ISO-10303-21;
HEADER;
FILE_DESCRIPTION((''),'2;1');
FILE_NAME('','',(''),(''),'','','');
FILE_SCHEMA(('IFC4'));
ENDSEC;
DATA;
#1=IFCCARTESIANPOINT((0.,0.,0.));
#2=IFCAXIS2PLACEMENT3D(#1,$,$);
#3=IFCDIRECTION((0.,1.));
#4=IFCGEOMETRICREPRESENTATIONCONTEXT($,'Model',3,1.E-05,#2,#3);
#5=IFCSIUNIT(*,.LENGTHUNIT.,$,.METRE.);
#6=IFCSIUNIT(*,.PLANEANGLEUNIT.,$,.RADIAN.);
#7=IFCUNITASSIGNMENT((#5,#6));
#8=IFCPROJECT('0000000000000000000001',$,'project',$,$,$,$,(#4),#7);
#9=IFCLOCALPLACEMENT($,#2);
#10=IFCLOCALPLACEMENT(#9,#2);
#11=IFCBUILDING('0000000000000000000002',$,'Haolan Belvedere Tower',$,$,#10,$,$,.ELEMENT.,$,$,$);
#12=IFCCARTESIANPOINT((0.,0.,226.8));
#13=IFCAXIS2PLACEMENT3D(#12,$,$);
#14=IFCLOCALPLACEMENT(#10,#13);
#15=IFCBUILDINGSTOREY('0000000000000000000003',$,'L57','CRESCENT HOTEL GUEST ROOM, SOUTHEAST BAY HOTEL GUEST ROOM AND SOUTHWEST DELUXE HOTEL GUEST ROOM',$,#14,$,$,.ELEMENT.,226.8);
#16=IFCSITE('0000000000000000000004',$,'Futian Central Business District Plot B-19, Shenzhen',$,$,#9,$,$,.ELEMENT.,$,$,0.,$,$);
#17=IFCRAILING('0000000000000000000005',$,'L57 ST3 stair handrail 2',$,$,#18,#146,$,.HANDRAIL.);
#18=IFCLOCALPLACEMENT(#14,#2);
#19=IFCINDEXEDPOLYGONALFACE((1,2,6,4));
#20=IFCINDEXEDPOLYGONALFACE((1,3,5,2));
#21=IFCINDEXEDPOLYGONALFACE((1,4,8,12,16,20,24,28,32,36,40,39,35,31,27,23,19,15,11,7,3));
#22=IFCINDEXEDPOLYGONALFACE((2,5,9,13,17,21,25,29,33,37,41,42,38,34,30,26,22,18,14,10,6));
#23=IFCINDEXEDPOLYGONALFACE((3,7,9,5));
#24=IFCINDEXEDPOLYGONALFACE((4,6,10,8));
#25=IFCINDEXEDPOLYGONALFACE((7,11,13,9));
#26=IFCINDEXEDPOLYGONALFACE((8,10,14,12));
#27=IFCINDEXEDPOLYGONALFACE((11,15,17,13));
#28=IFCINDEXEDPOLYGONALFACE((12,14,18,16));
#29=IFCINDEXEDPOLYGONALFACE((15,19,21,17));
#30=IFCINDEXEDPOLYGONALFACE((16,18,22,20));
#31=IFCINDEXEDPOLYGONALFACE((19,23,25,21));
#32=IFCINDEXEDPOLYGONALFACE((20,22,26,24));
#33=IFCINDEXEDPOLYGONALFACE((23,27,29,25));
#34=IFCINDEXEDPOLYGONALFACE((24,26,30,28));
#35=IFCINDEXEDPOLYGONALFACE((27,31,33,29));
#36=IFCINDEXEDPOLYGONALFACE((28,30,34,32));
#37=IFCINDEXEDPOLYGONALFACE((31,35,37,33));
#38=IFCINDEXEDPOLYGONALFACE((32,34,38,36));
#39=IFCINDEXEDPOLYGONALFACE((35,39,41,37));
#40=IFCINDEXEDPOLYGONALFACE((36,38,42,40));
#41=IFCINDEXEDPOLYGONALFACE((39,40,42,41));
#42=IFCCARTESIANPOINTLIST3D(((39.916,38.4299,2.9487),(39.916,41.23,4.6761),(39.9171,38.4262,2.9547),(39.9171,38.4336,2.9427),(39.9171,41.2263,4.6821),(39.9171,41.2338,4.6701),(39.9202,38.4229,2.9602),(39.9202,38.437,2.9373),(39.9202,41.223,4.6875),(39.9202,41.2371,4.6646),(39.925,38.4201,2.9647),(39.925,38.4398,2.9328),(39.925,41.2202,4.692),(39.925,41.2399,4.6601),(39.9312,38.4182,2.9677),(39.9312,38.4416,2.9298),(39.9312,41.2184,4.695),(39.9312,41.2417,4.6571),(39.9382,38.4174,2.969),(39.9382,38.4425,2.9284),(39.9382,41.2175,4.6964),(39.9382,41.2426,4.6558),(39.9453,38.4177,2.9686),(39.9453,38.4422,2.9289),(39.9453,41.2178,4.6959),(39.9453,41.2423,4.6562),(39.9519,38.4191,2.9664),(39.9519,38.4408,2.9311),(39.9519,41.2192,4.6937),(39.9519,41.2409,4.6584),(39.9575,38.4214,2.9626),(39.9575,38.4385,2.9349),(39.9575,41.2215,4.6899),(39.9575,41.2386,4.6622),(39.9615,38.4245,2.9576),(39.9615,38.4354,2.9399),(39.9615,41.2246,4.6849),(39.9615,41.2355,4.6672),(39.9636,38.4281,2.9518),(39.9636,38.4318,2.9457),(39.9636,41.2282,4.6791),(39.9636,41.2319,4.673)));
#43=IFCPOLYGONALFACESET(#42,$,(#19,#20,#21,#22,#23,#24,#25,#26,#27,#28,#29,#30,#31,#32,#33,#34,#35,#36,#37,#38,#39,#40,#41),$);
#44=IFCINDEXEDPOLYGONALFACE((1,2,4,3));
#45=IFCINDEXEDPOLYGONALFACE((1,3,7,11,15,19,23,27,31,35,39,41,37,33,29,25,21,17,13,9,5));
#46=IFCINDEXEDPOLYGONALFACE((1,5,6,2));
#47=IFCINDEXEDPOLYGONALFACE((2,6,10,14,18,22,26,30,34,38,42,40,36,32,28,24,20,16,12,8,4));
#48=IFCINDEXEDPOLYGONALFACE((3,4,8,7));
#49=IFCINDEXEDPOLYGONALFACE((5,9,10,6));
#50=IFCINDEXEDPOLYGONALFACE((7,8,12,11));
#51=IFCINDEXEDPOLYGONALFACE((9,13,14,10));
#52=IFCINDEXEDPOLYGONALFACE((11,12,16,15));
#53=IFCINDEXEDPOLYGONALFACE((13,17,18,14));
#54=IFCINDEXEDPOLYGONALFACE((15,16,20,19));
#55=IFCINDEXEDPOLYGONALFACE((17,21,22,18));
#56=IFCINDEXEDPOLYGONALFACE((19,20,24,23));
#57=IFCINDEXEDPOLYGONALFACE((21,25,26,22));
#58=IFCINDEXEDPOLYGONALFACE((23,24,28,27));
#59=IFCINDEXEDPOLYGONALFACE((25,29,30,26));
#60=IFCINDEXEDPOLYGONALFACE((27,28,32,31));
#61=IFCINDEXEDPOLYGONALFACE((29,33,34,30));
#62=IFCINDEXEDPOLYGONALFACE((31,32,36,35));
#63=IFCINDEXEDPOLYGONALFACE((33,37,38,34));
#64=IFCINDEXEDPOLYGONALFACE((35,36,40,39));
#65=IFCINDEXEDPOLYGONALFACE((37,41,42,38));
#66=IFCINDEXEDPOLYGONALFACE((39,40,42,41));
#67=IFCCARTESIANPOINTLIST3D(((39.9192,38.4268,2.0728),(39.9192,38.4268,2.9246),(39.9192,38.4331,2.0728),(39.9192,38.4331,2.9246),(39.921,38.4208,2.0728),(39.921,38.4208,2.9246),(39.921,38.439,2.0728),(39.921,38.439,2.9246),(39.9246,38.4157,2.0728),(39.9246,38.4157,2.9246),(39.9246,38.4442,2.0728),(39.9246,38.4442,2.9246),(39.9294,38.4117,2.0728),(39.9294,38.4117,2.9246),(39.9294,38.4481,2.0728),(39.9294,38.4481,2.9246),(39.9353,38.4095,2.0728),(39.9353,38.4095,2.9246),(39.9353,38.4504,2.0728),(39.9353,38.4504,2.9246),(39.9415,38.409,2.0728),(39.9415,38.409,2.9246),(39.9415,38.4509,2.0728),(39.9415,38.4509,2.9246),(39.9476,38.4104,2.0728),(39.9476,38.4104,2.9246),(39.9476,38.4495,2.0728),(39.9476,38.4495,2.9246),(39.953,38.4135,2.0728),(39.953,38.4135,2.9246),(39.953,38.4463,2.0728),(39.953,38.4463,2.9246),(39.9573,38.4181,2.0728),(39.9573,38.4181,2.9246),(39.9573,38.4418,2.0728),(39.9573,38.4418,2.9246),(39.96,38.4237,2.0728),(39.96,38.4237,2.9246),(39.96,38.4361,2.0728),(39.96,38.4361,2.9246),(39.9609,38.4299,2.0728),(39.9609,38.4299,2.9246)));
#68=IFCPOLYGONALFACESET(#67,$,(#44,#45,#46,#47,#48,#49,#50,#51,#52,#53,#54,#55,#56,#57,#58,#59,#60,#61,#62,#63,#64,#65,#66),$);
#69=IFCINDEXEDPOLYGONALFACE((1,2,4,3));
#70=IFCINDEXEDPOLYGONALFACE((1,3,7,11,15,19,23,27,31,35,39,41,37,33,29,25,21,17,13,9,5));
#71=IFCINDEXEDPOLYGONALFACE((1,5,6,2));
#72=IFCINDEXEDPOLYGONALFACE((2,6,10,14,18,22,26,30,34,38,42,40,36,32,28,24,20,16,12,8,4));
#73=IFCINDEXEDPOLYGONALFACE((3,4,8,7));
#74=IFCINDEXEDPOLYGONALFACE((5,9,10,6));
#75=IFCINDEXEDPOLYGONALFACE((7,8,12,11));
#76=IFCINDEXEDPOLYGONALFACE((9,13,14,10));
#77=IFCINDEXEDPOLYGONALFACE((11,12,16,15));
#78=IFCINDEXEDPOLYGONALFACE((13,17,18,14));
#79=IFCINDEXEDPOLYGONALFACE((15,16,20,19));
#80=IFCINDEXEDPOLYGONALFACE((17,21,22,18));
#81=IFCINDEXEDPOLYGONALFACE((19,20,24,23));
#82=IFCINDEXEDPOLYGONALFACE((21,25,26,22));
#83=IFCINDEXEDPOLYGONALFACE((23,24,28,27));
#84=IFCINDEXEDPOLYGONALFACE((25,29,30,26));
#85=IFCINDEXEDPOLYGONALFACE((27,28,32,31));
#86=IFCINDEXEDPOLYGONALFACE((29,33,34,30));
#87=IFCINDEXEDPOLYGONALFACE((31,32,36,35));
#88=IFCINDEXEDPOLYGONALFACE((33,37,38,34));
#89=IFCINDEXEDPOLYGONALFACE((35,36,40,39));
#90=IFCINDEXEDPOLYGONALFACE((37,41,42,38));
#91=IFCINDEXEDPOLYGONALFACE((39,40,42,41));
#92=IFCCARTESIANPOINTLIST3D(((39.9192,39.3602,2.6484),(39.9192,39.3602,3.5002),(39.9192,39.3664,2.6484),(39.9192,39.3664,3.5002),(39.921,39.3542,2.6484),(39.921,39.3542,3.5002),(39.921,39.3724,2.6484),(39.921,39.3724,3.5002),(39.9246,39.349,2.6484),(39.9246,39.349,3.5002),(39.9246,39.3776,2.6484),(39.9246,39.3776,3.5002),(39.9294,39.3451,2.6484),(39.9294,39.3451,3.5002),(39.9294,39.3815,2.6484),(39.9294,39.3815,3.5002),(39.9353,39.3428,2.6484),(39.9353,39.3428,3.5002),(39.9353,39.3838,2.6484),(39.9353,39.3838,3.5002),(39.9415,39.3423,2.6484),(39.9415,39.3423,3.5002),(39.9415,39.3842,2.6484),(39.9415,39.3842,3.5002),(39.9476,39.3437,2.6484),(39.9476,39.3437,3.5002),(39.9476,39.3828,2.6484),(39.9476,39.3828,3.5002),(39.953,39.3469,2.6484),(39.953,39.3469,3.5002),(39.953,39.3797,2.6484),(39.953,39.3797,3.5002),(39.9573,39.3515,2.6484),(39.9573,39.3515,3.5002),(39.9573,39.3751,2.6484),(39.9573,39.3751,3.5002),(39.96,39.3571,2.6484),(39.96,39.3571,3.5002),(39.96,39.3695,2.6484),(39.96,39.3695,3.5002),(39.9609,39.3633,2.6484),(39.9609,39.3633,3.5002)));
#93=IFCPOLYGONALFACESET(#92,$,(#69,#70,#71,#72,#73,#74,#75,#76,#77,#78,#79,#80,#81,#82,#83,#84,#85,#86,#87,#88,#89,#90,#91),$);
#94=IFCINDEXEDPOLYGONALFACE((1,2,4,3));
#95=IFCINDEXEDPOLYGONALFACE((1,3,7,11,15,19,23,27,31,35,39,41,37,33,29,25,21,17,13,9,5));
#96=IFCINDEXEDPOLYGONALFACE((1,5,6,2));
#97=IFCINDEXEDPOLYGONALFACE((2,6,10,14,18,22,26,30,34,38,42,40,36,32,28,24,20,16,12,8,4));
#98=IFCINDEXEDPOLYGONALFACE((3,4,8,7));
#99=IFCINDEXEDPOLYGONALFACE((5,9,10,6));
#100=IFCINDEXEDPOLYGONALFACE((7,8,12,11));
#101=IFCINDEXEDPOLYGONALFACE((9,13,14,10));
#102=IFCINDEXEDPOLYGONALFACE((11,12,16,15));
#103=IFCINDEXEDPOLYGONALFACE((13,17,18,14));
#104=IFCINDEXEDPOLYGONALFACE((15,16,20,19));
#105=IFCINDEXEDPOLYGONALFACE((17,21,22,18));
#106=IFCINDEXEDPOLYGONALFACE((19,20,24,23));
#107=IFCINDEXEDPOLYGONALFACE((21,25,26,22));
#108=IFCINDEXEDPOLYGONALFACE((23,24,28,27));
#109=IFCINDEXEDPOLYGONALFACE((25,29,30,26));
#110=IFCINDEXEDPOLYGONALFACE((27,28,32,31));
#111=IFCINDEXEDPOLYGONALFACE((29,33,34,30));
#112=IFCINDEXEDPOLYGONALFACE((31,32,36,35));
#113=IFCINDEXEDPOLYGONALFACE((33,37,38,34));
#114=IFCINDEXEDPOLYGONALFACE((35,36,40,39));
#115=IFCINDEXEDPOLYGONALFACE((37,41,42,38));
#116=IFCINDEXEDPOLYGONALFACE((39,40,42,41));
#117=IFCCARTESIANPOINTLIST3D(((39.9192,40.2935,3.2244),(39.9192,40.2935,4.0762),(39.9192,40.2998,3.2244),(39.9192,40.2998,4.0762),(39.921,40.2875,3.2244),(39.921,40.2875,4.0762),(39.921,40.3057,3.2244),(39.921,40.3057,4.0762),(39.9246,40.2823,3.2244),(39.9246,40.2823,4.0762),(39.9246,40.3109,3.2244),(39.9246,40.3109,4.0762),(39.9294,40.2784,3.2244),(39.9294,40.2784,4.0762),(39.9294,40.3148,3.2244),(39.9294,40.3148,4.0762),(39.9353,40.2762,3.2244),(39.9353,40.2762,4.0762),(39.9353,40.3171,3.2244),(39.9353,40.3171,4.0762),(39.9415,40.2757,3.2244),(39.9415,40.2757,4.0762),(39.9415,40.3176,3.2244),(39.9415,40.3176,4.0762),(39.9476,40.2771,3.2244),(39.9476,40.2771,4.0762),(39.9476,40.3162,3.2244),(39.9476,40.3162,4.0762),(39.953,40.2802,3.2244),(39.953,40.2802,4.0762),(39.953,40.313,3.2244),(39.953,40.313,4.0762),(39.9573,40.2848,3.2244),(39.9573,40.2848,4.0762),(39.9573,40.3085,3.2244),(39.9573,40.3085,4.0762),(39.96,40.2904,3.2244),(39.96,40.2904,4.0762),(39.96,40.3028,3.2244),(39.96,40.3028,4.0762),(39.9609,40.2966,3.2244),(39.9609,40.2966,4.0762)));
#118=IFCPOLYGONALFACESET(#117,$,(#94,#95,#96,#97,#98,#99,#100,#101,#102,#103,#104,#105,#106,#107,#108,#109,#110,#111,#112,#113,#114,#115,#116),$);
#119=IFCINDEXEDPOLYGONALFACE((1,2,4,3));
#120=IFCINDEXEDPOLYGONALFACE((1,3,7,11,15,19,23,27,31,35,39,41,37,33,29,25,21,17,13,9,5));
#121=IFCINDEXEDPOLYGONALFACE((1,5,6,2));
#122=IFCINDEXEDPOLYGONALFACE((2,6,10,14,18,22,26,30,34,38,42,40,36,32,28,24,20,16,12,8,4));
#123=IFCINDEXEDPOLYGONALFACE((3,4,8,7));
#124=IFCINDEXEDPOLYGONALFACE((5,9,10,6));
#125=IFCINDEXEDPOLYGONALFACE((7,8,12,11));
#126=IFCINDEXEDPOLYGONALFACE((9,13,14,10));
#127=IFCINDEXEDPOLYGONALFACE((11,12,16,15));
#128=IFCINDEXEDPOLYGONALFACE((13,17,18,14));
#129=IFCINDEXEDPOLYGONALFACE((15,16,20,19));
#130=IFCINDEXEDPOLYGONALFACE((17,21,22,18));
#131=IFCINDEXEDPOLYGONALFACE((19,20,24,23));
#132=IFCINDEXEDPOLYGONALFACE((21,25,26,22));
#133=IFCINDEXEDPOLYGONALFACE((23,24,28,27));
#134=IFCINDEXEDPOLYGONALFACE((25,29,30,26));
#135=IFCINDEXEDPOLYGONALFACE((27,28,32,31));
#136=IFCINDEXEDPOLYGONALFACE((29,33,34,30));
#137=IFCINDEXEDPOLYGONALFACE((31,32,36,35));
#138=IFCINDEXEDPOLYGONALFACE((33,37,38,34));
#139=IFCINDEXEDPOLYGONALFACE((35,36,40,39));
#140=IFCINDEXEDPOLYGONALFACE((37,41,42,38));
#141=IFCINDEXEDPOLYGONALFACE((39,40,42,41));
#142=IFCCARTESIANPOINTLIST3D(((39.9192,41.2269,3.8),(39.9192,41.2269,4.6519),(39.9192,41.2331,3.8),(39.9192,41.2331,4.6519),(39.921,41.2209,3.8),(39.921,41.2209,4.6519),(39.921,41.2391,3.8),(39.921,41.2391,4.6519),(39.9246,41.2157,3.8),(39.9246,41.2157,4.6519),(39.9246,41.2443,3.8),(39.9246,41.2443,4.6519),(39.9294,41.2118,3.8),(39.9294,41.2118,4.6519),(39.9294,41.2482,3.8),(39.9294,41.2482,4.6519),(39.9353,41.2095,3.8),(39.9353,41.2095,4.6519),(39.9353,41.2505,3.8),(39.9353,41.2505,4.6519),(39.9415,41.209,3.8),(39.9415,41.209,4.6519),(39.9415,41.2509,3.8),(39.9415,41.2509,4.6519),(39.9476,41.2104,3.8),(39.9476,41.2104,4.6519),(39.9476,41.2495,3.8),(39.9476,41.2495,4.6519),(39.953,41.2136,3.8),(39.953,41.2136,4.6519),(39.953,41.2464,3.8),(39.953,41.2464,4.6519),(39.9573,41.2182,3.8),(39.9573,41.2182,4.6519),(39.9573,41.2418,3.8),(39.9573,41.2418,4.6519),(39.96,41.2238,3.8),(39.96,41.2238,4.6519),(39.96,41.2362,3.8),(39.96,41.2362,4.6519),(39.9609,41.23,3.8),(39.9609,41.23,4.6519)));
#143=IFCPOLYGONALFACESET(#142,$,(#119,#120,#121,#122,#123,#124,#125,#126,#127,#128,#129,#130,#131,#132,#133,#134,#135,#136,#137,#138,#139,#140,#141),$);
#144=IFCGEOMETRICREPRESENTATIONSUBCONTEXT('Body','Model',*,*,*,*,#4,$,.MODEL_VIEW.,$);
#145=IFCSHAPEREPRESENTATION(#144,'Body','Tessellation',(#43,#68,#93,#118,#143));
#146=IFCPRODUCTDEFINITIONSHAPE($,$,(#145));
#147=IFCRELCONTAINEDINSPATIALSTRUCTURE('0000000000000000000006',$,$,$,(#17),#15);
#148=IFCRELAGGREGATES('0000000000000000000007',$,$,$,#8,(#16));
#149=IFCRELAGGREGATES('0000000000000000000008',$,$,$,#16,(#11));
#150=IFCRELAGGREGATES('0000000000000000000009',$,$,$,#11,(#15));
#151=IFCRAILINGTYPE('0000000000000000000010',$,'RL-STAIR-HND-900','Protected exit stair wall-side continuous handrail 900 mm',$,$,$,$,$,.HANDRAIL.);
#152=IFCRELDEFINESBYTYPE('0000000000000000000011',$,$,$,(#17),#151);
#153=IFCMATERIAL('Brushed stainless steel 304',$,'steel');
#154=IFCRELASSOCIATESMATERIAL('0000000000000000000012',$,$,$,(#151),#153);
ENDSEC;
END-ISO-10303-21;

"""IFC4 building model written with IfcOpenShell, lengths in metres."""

from ifc_helpers import new_model, si_unit, direction, frame, origin, origin_2d, place, context, subcontext, project, spatial, circle, extrude, material, type_object, element, save


model = new_model("IFC4")

# Units and contexts
model_context = context("Model", 3, precision=1e-05, world=origin(), true_north=direction((0.0, 1.0)))
body_context = subcontext(model_context, "Body", "Model", "MODEL_VIEW")
ifc_project = project(units=[si_unit("LENGTHUNIT", "METRE"), si_unit("PLANEANGLEUNIT", "RADIAN")], contexts=[model_context])

# Site, building, storey
site_placement = place(None, origin())
site = spatial("IfcSite", under=ifc_project, at=site_placement, Name="Futian Central Business District Plot B-19, Shenzhen", CompositionType="ELEMENT", RefElevation=0.0)
building_placement = place(site_placement, origin())
building = spatial("IfcBuilding", under=site, at=building_placement, Name="Haolan Belvedere Tower", CompositionType="ELEMENT")
storey_placement = place(building_placement, frame((0.0, 0.0, 226.8)))
storey = spatial("IfcBuildingStorey", under=building, at=storey_placement, Name="L57", Description="CRESCENT HOTEL GUEST ROOM, SOUTHEAST BAY HOTEL GUEST ROOM AND SOUTHWEST DELUXE HOTEL GUEST ROOM", CompositionType="ELEMENT", Elevation=226.8)

# Railing
ifc_material_1 = material(Name="Brushed stainless steel 304", Category="steel")
railing_type_1 = type_object("IfcRailingType", Name="RL-STAIR-HND-900", Description="Protected exit stair wall-side continuous handrail 900 mm", PredefinedType="HANDRAIL", material=ifc_material_1)
railing_1_placement = place(storey_placement, frame((39.9399, 38.4299, 2.0728)))
element("IfcRailing", 1, at=railing_1_placement, inside=storey, type_object=railing_type_1, Name="L57 ST3 stair handrail 2", PredefinedType="HANDRAIL", context=body_context, shape_type="SweptSolid", body=[
    extrude(circle(Radius=0.0239, at=origin_2d()), frame((0.0, 0.0, 0.876), z_axis=(0.0, 0.85109, 0.52502), x_axis=(-1.0, 0.0, 0.0)), (0.0, 0.0, 1.0), 3.29),
    extrude(circle(Radius=0.021, at=origin_2d()), origin(), (0.0, 0.0, 1.0), 0.8518),
    extrude(circle(Radius=0.021, at=origin_2d()), frame((0.0, 0.9333, 0.5757)), (0.0, 0.0, 1.0), 0.8518),
    extrude(circle(Radius=0.021, at=origin_2d()), frame((0.0, 1.8667, 1.1516)), (0.0, 0.0, 1.0), 0.8518),
    extrude(circle(Radius=0.021, at=origin_2d()), frame((0.0, 2.8, 1.7273)), (0.0, 0.0, 1.0), 0.8518),
])

save(model, "model.ifc")
